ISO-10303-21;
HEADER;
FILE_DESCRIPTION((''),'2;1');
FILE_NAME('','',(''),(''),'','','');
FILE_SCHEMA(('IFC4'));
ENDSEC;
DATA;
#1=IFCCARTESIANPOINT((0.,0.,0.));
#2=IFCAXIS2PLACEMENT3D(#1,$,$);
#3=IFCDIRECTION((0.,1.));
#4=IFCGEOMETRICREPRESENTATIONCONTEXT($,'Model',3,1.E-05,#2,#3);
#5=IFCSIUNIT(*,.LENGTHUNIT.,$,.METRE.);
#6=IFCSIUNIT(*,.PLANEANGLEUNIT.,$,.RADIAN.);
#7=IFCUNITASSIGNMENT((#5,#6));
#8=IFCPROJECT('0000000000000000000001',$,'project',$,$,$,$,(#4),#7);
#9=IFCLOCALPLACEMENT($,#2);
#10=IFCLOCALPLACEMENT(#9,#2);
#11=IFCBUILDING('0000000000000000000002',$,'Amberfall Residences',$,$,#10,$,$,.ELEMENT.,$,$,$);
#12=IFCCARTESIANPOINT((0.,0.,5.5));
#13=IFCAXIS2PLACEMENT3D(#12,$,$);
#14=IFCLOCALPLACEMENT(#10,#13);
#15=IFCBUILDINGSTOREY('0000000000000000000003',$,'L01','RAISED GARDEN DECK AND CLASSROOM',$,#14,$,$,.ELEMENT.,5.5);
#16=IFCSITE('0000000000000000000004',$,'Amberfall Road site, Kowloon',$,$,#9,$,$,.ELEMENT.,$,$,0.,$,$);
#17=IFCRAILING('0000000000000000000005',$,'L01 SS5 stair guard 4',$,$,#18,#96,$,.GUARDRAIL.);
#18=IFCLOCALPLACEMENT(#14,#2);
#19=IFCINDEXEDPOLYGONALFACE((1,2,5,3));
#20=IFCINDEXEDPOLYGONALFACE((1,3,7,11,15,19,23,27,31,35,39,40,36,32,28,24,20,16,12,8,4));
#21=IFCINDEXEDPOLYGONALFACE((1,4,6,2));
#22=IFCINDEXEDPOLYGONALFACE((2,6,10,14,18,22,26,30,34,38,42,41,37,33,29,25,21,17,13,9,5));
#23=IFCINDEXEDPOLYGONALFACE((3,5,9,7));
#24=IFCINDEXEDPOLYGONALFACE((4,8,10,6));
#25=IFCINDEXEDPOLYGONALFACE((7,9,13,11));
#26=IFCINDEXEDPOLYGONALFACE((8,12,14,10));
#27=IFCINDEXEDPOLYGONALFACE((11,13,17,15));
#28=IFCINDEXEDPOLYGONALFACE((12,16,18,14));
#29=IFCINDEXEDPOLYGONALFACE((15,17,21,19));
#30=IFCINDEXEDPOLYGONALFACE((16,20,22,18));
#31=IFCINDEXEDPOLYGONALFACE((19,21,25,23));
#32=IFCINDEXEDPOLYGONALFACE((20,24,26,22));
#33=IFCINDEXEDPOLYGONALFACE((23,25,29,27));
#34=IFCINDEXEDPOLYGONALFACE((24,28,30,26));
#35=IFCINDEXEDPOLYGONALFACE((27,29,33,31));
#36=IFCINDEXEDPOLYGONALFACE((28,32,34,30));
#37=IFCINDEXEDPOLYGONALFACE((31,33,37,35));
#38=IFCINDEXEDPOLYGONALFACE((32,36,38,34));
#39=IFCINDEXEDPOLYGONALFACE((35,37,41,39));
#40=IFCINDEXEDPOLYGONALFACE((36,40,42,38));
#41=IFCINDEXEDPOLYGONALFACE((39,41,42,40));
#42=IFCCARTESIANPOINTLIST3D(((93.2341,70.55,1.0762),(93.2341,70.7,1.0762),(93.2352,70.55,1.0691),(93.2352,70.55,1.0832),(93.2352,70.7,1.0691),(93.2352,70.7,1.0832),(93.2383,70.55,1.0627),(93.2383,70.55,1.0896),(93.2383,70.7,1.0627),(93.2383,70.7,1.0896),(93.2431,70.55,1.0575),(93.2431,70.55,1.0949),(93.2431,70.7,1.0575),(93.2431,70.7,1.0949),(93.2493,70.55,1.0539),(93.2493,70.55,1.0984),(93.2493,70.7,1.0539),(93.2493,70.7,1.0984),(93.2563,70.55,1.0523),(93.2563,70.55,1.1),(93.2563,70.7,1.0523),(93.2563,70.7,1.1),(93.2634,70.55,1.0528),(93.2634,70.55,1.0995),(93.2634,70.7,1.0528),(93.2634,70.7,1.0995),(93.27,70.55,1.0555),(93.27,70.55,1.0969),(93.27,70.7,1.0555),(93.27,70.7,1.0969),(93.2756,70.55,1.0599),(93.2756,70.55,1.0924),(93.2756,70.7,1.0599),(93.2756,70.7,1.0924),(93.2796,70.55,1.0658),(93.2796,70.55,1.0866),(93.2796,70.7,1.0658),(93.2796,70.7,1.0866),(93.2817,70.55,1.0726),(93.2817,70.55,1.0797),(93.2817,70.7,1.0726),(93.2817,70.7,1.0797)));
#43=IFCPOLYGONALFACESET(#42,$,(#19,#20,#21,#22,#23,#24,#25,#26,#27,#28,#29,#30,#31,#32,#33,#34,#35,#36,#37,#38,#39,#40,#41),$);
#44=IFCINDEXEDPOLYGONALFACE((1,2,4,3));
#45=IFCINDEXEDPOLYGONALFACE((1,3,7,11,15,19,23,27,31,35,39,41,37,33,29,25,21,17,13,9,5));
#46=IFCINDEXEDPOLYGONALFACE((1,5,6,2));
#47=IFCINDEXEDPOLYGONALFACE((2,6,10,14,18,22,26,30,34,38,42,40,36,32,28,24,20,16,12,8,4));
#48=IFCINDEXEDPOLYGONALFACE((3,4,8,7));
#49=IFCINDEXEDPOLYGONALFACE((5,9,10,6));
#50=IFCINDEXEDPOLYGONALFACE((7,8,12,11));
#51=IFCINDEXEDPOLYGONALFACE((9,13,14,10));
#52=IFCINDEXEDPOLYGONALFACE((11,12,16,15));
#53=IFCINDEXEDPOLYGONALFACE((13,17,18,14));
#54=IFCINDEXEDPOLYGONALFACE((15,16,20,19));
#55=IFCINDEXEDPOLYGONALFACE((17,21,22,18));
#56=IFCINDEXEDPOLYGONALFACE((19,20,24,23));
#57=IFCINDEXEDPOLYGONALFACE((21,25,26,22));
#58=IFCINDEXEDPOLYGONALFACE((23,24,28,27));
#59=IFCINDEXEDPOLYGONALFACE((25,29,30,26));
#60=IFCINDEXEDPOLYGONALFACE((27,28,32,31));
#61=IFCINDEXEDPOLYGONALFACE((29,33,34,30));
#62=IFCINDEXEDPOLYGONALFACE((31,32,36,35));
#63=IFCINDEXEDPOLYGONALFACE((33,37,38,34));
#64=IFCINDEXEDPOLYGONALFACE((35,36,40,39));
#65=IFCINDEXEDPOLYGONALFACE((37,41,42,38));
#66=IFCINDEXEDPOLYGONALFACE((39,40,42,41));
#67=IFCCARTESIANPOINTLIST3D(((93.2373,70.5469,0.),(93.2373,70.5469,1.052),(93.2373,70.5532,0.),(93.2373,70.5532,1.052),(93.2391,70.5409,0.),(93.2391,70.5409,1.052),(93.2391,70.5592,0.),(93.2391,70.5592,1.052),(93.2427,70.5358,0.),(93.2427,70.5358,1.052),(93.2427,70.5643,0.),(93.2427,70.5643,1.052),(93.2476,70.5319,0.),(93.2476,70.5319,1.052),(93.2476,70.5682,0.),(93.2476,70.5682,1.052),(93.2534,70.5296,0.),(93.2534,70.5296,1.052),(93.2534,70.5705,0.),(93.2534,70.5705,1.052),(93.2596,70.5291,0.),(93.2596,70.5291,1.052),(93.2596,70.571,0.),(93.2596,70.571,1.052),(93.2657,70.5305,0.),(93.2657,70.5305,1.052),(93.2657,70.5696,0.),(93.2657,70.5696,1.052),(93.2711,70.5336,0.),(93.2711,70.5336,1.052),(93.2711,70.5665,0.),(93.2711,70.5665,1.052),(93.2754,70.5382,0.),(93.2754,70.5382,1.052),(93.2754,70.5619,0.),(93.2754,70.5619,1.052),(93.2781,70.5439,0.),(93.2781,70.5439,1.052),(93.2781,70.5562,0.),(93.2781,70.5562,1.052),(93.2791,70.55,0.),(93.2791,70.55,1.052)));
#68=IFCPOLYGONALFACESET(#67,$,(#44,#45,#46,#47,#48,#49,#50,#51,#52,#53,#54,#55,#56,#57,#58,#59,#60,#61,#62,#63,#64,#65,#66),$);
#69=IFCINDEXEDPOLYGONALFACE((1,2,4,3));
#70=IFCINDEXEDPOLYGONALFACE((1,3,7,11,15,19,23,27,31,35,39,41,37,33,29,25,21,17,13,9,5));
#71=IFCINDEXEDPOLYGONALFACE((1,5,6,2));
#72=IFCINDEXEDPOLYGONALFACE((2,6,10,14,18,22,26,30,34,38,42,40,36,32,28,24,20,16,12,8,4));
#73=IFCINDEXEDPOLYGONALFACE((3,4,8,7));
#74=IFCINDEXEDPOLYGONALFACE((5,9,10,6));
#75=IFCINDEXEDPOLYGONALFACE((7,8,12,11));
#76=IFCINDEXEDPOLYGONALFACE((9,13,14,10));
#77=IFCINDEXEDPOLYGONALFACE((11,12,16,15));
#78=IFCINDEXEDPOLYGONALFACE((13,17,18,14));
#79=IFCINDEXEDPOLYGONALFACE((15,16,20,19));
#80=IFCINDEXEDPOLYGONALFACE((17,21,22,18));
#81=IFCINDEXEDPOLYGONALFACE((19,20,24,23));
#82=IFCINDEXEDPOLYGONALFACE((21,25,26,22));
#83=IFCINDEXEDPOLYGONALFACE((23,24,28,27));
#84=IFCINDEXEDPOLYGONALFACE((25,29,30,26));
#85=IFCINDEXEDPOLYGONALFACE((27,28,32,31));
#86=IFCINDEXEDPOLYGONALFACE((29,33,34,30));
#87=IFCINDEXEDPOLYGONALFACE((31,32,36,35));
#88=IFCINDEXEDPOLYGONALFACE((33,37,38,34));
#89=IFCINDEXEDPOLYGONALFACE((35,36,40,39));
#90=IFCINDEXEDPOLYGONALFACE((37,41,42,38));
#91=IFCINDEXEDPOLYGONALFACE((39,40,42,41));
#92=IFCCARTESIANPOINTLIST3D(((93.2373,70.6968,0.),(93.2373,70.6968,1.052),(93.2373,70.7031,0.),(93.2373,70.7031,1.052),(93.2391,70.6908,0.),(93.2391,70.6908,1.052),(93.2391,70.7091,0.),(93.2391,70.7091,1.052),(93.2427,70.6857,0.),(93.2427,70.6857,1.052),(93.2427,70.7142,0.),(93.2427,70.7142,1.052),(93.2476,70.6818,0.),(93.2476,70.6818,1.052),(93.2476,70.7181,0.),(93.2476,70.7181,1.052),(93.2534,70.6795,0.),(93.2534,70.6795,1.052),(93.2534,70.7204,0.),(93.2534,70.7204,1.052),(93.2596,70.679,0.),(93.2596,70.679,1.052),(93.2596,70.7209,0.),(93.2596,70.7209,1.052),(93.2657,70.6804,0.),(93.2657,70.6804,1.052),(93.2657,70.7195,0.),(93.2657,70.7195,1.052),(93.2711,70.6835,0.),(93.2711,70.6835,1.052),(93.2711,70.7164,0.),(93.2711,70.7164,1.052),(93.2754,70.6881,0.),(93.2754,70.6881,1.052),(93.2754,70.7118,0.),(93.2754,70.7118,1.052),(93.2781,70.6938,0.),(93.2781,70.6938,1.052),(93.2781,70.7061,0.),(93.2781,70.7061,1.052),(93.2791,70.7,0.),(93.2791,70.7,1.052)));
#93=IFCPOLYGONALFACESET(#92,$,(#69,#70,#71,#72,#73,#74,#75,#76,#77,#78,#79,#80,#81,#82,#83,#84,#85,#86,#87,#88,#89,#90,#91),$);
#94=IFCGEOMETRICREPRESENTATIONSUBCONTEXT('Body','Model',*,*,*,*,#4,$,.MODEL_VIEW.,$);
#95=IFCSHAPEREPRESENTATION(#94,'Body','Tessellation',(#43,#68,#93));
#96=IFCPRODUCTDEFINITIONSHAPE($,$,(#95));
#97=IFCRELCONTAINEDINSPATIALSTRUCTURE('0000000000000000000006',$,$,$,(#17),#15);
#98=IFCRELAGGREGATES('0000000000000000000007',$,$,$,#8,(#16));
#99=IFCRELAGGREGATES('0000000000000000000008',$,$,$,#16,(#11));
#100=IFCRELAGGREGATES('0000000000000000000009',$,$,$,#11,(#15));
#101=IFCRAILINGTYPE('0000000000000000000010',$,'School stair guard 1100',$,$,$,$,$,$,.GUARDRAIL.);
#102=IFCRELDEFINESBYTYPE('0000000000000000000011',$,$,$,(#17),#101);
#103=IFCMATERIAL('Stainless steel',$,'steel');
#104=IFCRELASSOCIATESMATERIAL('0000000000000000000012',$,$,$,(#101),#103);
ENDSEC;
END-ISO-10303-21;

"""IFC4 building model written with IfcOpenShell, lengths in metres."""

from ifc_helpers import new_model, si_unit, direction, frame, origin, origin_2d, place, context, subcontext, project, spatial, circle, extrude, material, type_object, element, save


model = new_model("IFC4")

# Units and contexts
model_context = context("Model", 3, precision=1e-05, world=origin(), true_north=direction((0.0, 1.0)))
body_context = subcontext(model_context, "Body", "Model", "MODEL_VIEW")
ifc_project = project(units=[si_unit("LENGTHUNIT", "METRE"), si_unit("PLANEANGLEUNIT", "RADIAN")], contexts=[model_context])

# Site, building, storey
site_placement = place(None, origin())
site = spatial("IfcSite", under=ifc_project, at=site_placement, Name="Amberfall Road site, Kowloon", CompositionType="ELEMENT", RefElevation=0.0)
building_placement = place(site_placement, origin())
building = spatial("IfcBuilding", under=site, at=building_placement, Name="Amberfall Residences", CompositionType="ELEMENT")
storey_placement = place(building_placement, frame((0.0, 0.0, 5.5)))
storey = spatial("IfcBuildingStorey", under=building, at=storey_placement, Name="L01", Description="RAISED GARDEN DECK AND CLASSROOM", CompositionType="ELEMENT", Elevation=5.5)

# Railing
ifc_material_1 = material(Name="Stainless steel", Category="steel")
railing_type_1 = type_object("IfcRailingType", Name="School stair guard 1100", PredefinedType="GUARDRAIL", material=ifc_material_1)
railing_1_placement = place(storey_placement, frame((93.2581, 70.55, 0.0)))
element("IfcRailing", 1, at=railing_1_placement, inside=storey, type_object=railing_type_1, Name="L01 SS5 stair guard 4", PredefinedType="GUARDRAIL", context=body_context, shape_type="SweptSolid", body=[
    extrude(circle(Radius=0.0239, at=origin_2d()), frame((0.0, 0.0, 1.0762), z_axis=(0.0, 1.0, 0.0), x_axis=(-1.0, 0.0, 0.0)), (0.0, 0.0, 1.0), 0.1499),
    extrude(circle(Radius=0.021, at=origin_2d()), origin(), (0.0, 0.0, 1.0), 1.052),
    extrude(circle(Radius=0.021, at=origin_2d()), frame((0.0, 0.1499, 0.0)), (0.0, 0.0, 1.0), 1.052),
])

save(model, "model.ifc")
